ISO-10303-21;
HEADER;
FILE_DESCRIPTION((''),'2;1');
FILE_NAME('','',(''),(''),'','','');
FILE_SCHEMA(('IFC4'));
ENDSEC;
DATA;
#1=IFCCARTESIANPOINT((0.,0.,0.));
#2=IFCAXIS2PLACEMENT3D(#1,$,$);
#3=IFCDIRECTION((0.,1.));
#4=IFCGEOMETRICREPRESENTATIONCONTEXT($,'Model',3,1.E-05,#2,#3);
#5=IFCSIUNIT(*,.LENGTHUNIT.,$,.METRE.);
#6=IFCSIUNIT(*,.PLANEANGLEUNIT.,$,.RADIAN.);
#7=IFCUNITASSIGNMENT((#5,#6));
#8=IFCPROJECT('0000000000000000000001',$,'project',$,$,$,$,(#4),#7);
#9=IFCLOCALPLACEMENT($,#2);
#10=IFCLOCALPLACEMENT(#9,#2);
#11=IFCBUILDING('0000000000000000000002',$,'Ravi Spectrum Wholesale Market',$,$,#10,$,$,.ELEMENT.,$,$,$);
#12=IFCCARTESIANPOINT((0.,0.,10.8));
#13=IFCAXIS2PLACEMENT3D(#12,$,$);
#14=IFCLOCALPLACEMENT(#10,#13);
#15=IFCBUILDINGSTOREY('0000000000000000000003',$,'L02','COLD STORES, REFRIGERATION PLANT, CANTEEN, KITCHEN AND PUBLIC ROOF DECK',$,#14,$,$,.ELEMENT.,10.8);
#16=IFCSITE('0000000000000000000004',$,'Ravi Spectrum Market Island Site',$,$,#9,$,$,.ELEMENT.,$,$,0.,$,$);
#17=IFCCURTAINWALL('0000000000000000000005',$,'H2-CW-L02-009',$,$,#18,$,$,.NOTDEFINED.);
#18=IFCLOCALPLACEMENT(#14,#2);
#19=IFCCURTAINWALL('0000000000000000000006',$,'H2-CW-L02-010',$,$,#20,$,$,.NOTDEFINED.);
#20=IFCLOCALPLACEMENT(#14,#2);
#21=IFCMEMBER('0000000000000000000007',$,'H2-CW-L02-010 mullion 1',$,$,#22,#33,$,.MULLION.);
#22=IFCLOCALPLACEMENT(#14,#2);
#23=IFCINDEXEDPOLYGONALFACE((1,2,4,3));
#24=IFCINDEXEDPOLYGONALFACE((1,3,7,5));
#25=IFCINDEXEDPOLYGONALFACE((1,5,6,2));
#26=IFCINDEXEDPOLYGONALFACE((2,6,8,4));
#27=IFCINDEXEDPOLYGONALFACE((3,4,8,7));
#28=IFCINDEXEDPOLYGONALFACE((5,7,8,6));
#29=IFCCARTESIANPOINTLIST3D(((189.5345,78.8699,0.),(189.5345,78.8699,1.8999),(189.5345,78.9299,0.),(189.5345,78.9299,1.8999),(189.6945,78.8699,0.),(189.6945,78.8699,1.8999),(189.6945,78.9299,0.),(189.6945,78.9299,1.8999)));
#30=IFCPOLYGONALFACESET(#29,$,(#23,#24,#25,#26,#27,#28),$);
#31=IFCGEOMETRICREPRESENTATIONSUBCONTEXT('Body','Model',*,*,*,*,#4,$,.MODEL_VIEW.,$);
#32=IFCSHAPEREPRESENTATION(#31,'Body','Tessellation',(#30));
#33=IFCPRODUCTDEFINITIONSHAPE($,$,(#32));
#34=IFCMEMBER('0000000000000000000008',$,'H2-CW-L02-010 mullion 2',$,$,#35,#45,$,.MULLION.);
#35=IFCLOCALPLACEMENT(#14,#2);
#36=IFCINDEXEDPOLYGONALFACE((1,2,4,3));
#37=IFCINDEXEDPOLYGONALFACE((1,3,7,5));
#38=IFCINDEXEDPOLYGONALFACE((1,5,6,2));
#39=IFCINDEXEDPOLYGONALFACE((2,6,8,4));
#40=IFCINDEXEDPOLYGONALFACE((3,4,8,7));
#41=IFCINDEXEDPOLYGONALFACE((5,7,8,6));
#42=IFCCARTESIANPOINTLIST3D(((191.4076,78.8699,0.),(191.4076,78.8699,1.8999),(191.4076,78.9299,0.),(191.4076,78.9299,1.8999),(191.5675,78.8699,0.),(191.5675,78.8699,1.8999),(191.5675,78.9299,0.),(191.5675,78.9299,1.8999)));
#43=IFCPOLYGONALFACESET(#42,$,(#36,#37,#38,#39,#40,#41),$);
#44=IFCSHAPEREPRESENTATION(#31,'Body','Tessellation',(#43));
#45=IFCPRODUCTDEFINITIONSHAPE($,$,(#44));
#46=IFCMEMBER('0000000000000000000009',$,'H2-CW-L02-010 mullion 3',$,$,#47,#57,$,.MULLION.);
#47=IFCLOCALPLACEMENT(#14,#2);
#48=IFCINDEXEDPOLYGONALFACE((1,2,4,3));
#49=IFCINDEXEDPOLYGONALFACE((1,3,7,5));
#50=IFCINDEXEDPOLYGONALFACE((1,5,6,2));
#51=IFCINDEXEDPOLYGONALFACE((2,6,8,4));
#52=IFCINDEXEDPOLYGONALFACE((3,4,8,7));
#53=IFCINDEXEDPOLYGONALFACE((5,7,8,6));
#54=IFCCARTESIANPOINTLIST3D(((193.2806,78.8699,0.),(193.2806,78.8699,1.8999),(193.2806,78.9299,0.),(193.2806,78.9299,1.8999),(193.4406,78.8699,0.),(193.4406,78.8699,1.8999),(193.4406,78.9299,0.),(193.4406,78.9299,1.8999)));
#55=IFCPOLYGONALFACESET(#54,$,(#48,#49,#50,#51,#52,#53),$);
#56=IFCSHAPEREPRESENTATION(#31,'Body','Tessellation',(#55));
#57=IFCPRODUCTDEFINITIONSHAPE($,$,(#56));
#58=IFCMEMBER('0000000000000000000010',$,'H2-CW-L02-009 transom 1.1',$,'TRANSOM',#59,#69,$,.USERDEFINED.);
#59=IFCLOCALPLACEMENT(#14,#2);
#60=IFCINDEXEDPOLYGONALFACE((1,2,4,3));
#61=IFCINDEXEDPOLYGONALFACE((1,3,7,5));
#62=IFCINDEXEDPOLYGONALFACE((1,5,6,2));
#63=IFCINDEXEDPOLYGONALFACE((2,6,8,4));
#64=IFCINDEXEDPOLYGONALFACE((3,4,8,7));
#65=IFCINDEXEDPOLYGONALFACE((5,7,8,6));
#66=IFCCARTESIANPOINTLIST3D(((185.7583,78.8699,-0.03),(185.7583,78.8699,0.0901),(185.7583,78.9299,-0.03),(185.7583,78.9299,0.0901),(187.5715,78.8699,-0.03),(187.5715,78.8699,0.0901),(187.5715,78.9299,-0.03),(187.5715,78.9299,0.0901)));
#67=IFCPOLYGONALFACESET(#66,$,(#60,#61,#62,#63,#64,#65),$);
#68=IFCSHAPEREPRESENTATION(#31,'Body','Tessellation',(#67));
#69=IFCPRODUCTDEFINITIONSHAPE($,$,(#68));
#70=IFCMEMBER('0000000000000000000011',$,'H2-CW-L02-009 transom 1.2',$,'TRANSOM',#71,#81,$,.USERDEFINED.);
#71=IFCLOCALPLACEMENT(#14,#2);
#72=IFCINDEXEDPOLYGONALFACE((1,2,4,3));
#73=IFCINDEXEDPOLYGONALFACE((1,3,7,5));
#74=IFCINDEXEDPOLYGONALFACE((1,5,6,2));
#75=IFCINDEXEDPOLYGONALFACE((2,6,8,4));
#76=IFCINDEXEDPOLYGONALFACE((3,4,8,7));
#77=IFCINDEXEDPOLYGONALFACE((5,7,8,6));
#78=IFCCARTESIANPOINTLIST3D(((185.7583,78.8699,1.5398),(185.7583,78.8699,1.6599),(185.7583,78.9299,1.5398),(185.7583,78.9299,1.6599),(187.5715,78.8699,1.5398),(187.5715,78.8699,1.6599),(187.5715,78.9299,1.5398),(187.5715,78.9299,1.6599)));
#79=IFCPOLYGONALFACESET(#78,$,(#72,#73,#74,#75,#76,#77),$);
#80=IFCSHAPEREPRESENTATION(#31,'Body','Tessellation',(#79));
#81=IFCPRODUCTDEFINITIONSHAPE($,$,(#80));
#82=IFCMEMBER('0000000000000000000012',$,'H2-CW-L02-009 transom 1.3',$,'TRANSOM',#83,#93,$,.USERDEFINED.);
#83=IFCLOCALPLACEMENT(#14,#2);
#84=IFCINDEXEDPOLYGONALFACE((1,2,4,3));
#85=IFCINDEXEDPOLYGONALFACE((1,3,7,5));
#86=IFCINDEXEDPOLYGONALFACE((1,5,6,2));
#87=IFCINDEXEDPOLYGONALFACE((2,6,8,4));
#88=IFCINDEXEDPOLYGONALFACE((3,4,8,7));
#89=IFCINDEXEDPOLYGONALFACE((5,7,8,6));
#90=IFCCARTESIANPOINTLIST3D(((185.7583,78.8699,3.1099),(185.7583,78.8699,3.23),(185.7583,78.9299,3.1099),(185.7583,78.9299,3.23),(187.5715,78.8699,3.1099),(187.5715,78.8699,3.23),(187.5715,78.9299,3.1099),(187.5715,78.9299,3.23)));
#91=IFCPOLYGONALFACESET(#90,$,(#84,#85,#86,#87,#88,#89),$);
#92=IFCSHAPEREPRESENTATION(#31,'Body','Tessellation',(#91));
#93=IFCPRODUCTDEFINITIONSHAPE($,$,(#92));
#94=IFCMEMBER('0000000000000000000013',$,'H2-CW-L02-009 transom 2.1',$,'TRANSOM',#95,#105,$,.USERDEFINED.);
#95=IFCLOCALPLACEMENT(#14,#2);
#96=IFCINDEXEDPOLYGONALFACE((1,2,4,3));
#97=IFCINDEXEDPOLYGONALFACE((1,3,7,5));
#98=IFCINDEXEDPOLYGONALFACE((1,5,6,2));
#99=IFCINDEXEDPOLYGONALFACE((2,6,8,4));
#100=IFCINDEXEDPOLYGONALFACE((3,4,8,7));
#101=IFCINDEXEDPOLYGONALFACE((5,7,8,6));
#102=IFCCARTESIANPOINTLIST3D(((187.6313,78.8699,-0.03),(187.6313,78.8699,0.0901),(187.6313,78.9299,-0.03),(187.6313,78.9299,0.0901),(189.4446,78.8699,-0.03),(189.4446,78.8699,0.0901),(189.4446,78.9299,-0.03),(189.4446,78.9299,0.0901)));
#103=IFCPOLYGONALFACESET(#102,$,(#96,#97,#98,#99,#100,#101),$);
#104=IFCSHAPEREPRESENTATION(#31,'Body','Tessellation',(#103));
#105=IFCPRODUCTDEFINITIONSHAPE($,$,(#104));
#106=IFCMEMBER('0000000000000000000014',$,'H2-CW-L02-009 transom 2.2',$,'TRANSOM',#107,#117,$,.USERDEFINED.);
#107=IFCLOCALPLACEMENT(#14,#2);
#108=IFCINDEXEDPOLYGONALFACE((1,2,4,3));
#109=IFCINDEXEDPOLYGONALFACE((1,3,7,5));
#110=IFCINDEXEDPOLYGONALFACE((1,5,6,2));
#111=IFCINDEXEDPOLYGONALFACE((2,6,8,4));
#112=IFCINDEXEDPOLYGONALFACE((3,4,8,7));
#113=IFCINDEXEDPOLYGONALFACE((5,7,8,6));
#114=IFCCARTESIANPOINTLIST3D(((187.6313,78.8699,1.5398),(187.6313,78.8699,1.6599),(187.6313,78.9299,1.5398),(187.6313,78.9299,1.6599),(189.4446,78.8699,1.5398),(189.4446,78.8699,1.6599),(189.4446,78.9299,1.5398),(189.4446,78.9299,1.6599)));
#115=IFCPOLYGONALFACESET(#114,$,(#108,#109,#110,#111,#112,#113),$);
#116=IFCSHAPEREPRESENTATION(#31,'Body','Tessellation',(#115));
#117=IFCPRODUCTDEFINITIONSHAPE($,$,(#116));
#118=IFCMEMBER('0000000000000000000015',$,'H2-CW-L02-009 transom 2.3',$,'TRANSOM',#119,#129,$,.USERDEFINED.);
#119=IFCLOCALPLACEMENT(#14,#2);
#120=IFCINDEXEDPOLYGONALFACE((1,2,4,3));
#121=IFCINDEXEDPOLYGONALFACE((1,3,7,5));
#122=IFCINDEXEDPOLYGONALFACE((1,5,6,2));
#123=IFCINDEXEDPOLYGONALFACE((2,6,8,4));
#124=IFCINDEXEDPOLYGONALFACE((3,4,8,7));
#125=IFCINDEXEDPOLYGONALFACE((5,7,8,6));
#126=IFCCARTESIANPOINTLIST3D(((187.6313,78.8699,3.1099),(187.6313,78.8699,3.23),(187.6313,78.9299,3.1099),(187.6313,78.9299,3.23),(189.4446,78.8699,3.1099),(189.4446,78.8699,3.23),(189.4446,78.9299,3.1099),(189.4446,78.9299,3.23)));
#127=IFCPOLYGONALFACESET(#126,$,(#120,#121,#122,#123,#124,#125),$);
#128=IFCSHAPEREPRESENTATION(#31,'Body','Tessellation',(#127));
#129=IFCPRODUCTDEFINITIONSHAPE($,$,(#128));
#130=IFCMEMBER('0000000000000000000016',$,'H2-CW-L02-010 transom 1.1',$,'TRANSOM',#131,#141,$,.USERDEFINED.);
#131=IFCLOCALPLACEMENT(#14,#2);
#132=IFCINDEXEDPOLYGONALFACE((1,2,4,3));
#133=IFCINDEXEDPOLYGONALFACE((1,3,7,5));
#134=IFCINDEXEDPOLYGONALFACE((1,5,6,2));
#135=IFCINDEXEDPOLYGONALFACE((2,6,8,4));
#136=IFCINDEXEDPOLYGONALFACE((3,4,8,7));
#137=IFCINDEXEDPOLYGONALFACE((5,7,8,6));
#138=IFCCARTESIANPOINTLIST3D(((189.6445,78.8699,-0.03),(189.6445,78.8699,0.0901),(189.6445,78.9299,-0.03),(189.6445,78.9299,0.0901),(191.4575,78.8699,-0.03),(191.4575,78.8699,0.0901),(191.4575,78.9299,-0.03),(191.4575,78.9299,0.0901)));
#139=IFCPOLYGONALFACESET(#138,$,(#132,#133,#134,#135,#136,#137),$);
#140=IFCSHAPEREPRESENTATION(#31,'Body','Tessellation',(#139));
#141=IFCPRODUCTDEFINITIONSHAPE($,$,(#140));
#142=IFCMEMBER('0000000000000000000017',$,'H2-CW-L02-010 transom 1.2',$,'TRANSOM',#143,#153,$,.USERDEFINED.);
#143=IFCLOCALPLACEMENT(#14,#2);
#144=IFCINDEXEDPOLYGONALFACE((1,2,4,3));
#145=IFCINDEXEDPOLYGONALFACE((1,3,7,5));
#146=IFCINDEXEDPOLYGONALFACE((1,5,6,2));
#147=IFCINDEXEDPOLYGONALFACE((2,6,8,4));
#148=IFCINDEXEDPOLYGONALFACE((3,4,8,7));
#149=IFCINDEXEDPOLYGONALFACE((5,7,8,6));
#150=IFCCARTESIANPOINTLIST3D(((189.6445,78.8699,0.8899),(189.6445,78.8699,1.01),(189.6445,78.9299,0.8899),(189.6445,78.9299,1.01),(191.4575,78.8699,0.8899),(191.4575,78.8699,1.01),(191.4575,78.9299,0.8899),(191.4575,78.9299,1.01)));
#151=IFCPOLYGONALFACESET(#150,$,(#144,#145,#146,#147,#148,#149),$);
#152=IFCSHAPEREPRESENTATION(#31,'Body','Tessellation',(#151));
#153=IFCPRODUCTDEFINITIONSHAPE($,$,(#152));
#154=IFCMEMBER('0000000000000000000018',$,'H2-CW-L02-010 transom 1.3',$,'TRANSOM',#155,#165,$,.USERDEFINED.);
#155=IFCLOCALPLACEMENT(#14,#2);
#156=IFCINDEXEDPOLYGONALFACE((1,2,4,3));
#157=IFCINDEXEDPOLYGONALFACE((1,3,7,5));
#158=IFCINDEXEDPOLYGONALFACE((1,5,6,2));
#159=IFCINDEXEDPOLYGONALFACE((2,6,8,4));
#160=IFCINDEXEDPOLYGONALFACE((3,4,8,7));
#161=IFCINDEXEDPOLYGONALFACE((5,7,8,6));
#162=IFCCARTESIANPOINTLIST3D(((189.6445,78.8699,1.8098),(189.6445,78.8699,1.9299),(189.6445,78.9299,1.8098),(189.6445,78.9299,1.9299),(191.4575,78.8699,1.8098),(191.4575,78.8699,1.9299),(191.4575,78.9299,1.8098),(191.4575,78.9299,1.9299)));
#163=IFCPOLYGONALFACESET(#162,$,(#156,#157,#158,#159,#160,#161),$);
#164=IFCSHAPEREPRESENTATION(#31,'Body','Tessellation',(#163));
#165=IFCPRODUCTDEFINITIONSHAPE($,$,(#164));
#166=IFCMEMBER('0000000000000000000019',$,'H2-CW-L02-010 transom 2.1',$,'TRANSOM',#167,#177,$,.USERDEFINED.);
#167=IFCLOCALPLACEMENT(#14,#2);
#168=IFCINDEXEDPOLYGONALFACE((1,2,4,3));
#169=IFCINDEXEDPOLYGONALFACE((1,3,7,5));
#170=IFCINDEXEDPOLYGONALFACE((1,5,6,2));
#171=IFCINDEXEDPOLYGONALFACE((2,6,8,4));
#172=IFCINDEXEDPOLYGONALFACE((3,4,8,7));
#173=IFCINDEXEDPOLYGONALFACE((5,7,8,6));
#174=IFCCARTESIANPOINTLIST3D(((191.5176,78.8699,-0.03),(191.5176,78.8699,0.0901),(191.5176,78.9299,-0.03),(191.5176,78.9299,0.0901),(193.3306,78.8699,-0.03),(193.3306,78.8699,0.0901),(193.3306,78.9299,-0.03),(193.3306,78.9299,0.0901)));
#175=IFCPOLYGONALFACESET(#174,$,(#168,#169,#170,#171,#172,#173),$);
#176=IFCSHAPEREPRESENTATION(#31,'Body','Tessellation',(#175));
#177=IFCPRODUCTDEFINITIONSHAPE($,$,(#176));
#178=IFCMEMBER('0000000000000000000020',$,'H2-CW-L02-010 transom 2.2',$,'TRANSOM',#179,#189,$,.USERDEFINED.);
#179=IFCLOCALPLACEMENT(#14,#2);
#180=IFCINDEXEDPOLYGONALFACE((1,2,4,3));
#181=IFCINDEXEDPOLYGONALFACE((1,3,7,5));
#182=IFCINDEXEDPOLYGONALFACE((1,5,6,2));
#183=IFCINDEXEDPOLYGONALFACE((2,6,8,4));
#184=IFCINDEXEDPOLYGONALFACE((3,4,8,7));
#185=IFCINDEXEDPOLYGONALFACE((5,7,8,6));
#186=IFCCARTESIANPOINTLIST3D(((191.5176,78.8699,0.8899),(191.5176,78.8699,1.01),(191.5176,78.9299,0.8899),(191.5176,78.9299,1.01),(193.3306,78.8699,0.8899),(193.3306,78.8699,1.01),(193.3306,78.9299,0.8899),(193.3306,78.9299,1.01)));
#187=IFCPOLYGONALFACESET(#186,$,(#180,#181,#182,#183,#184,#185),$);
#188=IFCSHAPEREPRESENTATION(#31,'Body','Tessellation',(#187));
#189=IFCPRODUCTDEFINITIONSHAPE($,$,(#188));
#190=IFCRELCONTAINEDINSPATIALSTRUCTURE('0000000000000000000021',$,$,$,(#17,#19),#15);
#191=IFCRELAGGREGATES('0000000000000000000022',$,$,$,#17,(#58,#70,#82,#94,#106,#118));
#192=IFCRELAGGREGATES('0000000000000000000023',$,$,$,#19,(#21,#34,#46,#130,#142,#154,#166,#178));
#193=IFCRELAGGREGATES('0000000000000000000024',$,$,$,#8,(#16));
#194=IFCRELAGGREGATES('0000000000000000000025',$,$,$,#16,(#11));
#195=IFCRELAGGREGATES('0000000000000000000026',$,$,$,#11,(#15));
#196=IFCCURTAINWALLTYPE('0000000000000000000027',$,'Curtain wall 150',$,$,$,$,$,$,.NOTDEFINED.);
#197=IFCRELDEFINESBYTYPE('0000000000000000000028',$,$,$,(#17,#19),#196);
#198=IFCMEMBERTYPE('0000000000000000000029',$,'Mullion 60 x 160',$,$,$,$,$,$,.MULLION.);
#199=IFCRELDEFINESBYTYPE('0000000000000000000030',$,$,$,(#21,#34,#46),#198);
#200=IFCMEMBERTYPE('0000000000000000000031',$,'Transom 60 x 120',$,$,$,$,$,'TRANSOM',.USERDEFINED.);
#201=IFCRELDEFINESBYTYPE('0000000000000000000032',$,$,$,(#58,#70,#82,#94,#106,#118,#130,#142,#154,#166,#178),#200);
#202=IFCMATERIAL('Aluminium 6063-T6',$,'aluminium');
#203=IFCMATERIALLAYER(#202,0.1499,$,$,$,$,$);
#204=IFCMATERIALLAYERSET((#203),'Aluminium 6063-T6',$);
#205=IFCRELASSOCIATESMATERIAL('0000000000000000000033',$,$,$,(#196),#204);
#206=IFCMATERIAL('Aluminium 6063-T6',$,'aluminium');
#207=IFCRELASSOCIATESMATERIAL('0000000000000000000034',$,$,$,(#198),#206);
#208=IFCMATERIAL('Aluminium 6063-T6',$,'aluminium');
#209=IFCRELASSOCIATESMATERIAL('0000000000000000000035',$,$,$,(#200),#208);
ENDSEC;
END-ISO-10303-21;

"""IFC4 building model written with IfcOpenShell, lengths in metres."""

from ifc_helpers import new_model, si_unit, direction, frame, origin, origin_2d, place, context, subcontext, project, spatial, rectangle, extrude, material, layer, layer_set, material_profile, profile_set, type_object, element, aggregate, save


model = new_model("IFC4")

# Units and contexts
model_context = context("Model", 3, precision=1e-05, world=origin(), true_north=direction((0.0, 1.0)))
body_context = subcontext(model_context, "Body", "Model", "MODEL_VIEW")
ifc_project = project(units=[si_unit("LENGTHUNIT", "METRE"), si_unit("PLANEANGLEUNIT", "RADIAN")], contexts=[model_context])

# Site, building, storey
site_placement = place(None, origin())
site = spatial("IfcSite", under=ifc_project, at=site_placement, Name="Ravi Spectrum Market Island Site", CompositionType="ELEMENT", RefElevation=0.0)
building_placement = place(site_placement, origin())
building = spatial("IfcBuilding", under=site, at=building_placement, Name="Ravi Spectrum Wholesale Market", CompositionType="ELEMENT")
storey_placement = place(building_placement, frame((0.0, 0.0, 10.8)))
storey = spatial("IfcBuildingStorey", under=building, at=storey_placement, Name="L02", Description="COLD STORES, REFRIGERATION PLANT, CANTEEN, KITCHEN AND PUBLIC ROOF DECK", CompositionType="ELEMENT", Elevation=10.8)

# Shared definitions
ifc_material_1 = material(Name="Aluminium 6063-T6", Category="aluminium")
ifc_layer_1 = layer(ifc_material_1, 0.1499)
ifc_layer_set_1 = layer_set([ifc_layer_1], Name="Aluminium 6063-T6")
curtain_wall_type = type_object("IfcCurtainWallType", Name="Curtain wall 150", PredefinedType="NOTDEFINED", material=ifc_layer_set_1)
ifc_material_2 = material(Name="Aluminium 6063-T6", Category="aluminium")
ifc_material_profile_1 = material_profile(ifc_material_2, rectangle(XDim=0.0601, YDim=0.1599, at=origin_2d()))
ifc_profile_set_1 = profile_set([ifc_material_profile_1], Name="Aluminium 6063-T6")
member_type_1 = type_object("IfcMemberType", Name="Mullion 60 x 160", PredefinedType="MULLION", material=ifc_profile_set_1)

# Curtain walls, members
curtain_wall_1_placement = place(storey_placement, origin())
curtain_wall_1 = element("IfcCurtainWall", 1, at=curtain_wall_1_placement, inside=storey, type_object=curtain_wall_type, Name="H2-CW-L02-009", PredefinedType="NOTDEFINED")
curtain_wall_2_placement = place(storey_placement, origin())
curtain_wall_2 = element("IfcCurtainWall", 2, at=curtain_wall_2_placement, inside=storey, type_object=curtain_wall_type, Name="H2-CW-L02-010", PredefinedType="NOTDEFINED")
member_1_placement = place(storey_placement, frame((189.6145, 78.8999, 0.0), z_axis=(0.0, 0.0, 1.0), x_axis=(0.0, 1.0, 0.0)))
member_1 = element("IfcMember", 3, at=member_1_placement, type_object=member_type_1, Name="H2-CW-L02-010 mullion 1", PredefinedType="MULLION", context=body_context, shape_type="SweptSolid", body=[
    extrude(rectangle(XDim=0.0601, YDim=0.1599, at=origin_2d()), origin(), (0.0, 0.0, 1.0), 1.8999),
])
member_2_placement = place(storey_placement, frame((191.4875, 78.8999, 0.0), z_axis=(0.0, 0.0, 1.0), x_axis=(0.0, 1.0, 0.0)))
member_2 = element("IfcMember", 4, at=member_2_placement, type_object=member_type_1, Name="H2-CW-L02-010 mullion 2", PredefinedType="MULLION", context=body_context, shape_type="SweptSolid", body=[
    extrude(rectangle(XDim=0.0601, YDim=0.1599, at=origin_2d()), origin(), (0.0, 0.0, 1.0), 1.8999),
])
member_3_placement = place(storey_placement, frame((193.3606, 78.8999, 0.0), z_axis=(0.0, 0.0, 1.0), x_axis=(0.0, 1.0, 0.0)))
member_3 = element("IfcMember", 5, at=member_3_placement, type_object=member_type_1, Name="H2-CW-L02-010 mullion 3", PredefinedType="MULLION", context=body_context, shape_type="SweptSolid", body=[
    extrude(rectangle(XDim=0.0601, YDim=0.1599, at=origin_2d()), origin(), (0.0, 0.0, 1.0), 1.8999),
])

# Members
ifc_material_3 = material(Name="Aluminium 6063-T6", Category="aluminium")
ifc_material_profile_2 = material_profile(ifc_material_3, rectangle(XDim=0.0601, YDim=0.1201, at=origin_2d()))
ifc_profile_set_2 = profile_set([ifc_material_profile_2], Name="Aluminium 6063-T6")
member_type_2 = type_object("IfcMemberType", Name="Transom 60 x 120", ElementType="TRANSOM", PredefinedType="USERDEFINED", material=ifc_profile_set_2)
member_4_placement = place(storey_placement, frame((185.7583, 78.8999, 0.03), z_axis=(1.0, 0.0, 0.0), x_axis=(0.0, 1.0, 0.0)))
member_4 = element("IfcMember", 6, at=member_4_placement, type_object=member_type_2, Name="H2-CW-L02-009 transom 1.1", ObjectType="TRANSOM", PredefinedType="USERDEFINED", context=body_context, shape_type="SweptSolid", body=[
    extrude(rectangle(XDim=0.0601, YDim=0.1201, at=origin_2d()), origin(), (0.0, 0.0, 1.0), 1.8132),
])
member_5_placement = place(storey_placement, frame((185.7583, 78.8999, 1.5999), z_axis=(1.0, 0.0, 0.0), x_axis=(0.0, 1.0, 0.0)))
member_5 = element("IfcMember", 7, at=member_5_placement, type_object=member_type_2, Name="H2-CW-L02-009 transom 1.2", ObjectType="TRANSOM", PredefinedType="USERDEFINED", context=body_context, shape_type="SweptSolid", body=[
    extrude(rectangle(XDim=0.0601, YDim=0.1201, at=origin_2d()), origin(), (0.0, 0.0, 1.0), 1.8132),
])
member_6_placement = place(storey_placement, frame((185.7583, 78.8999, 3.1699), z_axis=(1.0, 0.0, 0.0), x_axis=(0.0, 1.0, 0.0)))
member_6 = element("IfcMember", 8, at=member_6_placement, type_object=member_type_2, Name="H2-CW-L02-009 transom 1.3", ObjectType="TRANSOM", PredefinedType="USERDEFINED", context=body_context, shape_type="SweptSolid", body=[
    extrude(rectangle(XDim=0.0601, YDim=0.1201, at=origin_2d()), origin(), (0.0, 0.0, 1.0), 1.8132),
])
member_7_placement = place(storey_placement, frame((187.6313, 78.8999, 0.03), z_axis=(1.0, 0.0, 0.0), x_axis=(0.0, 1.0, 0.0)))
member_7 = element("IfcMember", 9, at=member_7_placement, type_object=member_type_2, Name="H2-CW-L02-009 transom 2.1", ObjectType="TRANSOM", PredefinedType="USERDEFINED", context=body_context, shape_type="SweptSolid", body=[
    extrude(rectangle(XDim=0.0601, YDim=0.1201, at=origin_2d()), origin(), (0.0, 0.0, 1.0), 1.8132),
])
member_8_placement = place(storey_placement, frame((187.6313, 78.8999, 1.5999), z_axis=(1.0, 0.0, 0.0), x_axis=(0.0, 1.0, 0.0)))
member_8 = element("IfcMember", 10, at=member_8_placement, type_object=member_type_2, Name="H2-CW-L02-009 transom 2.2", ObjectType="TRANSOM", PredefinedType="USERDEFINED", context=body_context, shape_type="SweptSolid", body=[
    extrude(rectangle(XDim=0.0601, YDim=0.1201, at=origin_2d()), origin(), (0.0, 0.0, 1.0), 1.8132),
])
member_9_placement = place(storey_placement, frame((187.6313, 78.8999, 3.1699), z_axis=(1.0, 0.0, 0.0), x_axis=(0.0, 1.0, 0.0)))
member_9 = element("IfcMember", 11, at=member_9_placement, type_object=member_type_2, Name="H2-CW-L02-009 transom 2.3", ObjectType="TRANSOM", PredefinedType="USERDEFINED", context=body_context, shape_type="SweptSolid", body=[
    extrude(rectangle(XDim=0.0601, YDim=0.1201, at=origin_2d()), origin(), (0.0, 0.0, 1.0), 1.8132),
])
member_10_placement = place(storey_placement, frame((189.6445, 78.8999, 0.03), z_axis=(1.0, 0.0, 0.0), x_axis=(0.0, 1.0, 0.0)))
member_10 = element("IfcMember", 12, at=member_10_placement, type_object=member_type_2, Name="H2-CW-L02-010 transom 1.1", ObjectType="TRANSOM", PredefinedType="USERDEFINED", context=body_context, shape_type="SweptSolid", body=[
    extrude(rectangle(XDim=0.0601, YDim=0.1201, at=origin_2d()), origin(), (0.0, 0.0, 1.0), 1.813),
])
member_11_placement = place(storey_placement, frame((189.6445, 78.8999, 0.95), z_axis=(1.0, 0.0, 0.0), x_axis=(0.0, 1.0, 0.0)))
member_11 = element("IfcMember", 13, at=member_11_placement, type_object=member_type_2, Name="H2-CW-L02-010 transom 1.2", ObjectType="TRANSOM", PredefinedType="USERDEFINED", context=body_context, shape_type="SweptSolid", body=[
    extrude(rectangle(XDim=0.0601, YDim=0.1201, at=origin_2d()), origin(), (0.0, 0.0, 1.0), 1.813),
])
member_12_placement = place(storey_placement, frame((189.6445, 78.8999, 1.8699), z_axis=(1.0, 0.0, 0.0), x_axis=(0.0, 1.0, 0.0)))
member_12 = element("IfcMember", 14, at=member_12_placement, type_object=member_type_2, Name="H2-CW-L02-010 transom 1.3", ObjectType="TRANSOM", PredefinedType="USERDEFINED", context=body_context, shape_type="SweptSolid", body=[
    extrude(rectangle(XDim=0.0601, YDim=0.1201, at=origin_2d()), origin(), (0.0, 0.0, 1.0), 1.813),
])
member_13_placement = place(storey_placement, frame((191.5176, 78.8999, 0.03), z_axis=(1.0, 0.0, 0.0), x_axis=(0.0, 1.0, 0.0)))
member_13 = element("IfcMember", 15, at=member_13_placement, type_object=member_type_2, Name="H2-CW-L02-010 transom 2.1", ObjectType="TRANSOM", PredefinedType="USERDEFINED", context=body_context, shape_type="SweptSolid", body=[
    extrude(rectangle(XDim=0.0601, YDim=0.1201, at=origin_2d()), origin(), (0.0, 0.0, 1.0), 1.813),
])
member_14_placement = place(storey_placement, frame((191.5176, 78.8999, 0.95), z_axis=(1.0, 0.0, 0.0), x_axis=(0.0, 1.0, 0.0)))
member_14 = element("IfcMember", 16, at=member_14_placement, type_object=member_type_2, Name="H2-CW-L02-010 transom 2.2", ObjectType="TRANSOM", PredefinedType="USERDEFINED", context=body_context, shape_type="SweptSolid", body=[
    extrude(rectangle(XDim=0.0601, YDim=0.1201, at=origin_2d()), origin(), (0.0, 0.0, 1.0), 1.813),
])

aggregate(curtain_wall_1, [member_4, member_5, member_6, member_7, member_8, member_9])
aggregate(curtain_wall_2, [member_1, member_2, member_3, member_10, member_11, member_12, member_13, member_14])

save(model, "model.ifc")
